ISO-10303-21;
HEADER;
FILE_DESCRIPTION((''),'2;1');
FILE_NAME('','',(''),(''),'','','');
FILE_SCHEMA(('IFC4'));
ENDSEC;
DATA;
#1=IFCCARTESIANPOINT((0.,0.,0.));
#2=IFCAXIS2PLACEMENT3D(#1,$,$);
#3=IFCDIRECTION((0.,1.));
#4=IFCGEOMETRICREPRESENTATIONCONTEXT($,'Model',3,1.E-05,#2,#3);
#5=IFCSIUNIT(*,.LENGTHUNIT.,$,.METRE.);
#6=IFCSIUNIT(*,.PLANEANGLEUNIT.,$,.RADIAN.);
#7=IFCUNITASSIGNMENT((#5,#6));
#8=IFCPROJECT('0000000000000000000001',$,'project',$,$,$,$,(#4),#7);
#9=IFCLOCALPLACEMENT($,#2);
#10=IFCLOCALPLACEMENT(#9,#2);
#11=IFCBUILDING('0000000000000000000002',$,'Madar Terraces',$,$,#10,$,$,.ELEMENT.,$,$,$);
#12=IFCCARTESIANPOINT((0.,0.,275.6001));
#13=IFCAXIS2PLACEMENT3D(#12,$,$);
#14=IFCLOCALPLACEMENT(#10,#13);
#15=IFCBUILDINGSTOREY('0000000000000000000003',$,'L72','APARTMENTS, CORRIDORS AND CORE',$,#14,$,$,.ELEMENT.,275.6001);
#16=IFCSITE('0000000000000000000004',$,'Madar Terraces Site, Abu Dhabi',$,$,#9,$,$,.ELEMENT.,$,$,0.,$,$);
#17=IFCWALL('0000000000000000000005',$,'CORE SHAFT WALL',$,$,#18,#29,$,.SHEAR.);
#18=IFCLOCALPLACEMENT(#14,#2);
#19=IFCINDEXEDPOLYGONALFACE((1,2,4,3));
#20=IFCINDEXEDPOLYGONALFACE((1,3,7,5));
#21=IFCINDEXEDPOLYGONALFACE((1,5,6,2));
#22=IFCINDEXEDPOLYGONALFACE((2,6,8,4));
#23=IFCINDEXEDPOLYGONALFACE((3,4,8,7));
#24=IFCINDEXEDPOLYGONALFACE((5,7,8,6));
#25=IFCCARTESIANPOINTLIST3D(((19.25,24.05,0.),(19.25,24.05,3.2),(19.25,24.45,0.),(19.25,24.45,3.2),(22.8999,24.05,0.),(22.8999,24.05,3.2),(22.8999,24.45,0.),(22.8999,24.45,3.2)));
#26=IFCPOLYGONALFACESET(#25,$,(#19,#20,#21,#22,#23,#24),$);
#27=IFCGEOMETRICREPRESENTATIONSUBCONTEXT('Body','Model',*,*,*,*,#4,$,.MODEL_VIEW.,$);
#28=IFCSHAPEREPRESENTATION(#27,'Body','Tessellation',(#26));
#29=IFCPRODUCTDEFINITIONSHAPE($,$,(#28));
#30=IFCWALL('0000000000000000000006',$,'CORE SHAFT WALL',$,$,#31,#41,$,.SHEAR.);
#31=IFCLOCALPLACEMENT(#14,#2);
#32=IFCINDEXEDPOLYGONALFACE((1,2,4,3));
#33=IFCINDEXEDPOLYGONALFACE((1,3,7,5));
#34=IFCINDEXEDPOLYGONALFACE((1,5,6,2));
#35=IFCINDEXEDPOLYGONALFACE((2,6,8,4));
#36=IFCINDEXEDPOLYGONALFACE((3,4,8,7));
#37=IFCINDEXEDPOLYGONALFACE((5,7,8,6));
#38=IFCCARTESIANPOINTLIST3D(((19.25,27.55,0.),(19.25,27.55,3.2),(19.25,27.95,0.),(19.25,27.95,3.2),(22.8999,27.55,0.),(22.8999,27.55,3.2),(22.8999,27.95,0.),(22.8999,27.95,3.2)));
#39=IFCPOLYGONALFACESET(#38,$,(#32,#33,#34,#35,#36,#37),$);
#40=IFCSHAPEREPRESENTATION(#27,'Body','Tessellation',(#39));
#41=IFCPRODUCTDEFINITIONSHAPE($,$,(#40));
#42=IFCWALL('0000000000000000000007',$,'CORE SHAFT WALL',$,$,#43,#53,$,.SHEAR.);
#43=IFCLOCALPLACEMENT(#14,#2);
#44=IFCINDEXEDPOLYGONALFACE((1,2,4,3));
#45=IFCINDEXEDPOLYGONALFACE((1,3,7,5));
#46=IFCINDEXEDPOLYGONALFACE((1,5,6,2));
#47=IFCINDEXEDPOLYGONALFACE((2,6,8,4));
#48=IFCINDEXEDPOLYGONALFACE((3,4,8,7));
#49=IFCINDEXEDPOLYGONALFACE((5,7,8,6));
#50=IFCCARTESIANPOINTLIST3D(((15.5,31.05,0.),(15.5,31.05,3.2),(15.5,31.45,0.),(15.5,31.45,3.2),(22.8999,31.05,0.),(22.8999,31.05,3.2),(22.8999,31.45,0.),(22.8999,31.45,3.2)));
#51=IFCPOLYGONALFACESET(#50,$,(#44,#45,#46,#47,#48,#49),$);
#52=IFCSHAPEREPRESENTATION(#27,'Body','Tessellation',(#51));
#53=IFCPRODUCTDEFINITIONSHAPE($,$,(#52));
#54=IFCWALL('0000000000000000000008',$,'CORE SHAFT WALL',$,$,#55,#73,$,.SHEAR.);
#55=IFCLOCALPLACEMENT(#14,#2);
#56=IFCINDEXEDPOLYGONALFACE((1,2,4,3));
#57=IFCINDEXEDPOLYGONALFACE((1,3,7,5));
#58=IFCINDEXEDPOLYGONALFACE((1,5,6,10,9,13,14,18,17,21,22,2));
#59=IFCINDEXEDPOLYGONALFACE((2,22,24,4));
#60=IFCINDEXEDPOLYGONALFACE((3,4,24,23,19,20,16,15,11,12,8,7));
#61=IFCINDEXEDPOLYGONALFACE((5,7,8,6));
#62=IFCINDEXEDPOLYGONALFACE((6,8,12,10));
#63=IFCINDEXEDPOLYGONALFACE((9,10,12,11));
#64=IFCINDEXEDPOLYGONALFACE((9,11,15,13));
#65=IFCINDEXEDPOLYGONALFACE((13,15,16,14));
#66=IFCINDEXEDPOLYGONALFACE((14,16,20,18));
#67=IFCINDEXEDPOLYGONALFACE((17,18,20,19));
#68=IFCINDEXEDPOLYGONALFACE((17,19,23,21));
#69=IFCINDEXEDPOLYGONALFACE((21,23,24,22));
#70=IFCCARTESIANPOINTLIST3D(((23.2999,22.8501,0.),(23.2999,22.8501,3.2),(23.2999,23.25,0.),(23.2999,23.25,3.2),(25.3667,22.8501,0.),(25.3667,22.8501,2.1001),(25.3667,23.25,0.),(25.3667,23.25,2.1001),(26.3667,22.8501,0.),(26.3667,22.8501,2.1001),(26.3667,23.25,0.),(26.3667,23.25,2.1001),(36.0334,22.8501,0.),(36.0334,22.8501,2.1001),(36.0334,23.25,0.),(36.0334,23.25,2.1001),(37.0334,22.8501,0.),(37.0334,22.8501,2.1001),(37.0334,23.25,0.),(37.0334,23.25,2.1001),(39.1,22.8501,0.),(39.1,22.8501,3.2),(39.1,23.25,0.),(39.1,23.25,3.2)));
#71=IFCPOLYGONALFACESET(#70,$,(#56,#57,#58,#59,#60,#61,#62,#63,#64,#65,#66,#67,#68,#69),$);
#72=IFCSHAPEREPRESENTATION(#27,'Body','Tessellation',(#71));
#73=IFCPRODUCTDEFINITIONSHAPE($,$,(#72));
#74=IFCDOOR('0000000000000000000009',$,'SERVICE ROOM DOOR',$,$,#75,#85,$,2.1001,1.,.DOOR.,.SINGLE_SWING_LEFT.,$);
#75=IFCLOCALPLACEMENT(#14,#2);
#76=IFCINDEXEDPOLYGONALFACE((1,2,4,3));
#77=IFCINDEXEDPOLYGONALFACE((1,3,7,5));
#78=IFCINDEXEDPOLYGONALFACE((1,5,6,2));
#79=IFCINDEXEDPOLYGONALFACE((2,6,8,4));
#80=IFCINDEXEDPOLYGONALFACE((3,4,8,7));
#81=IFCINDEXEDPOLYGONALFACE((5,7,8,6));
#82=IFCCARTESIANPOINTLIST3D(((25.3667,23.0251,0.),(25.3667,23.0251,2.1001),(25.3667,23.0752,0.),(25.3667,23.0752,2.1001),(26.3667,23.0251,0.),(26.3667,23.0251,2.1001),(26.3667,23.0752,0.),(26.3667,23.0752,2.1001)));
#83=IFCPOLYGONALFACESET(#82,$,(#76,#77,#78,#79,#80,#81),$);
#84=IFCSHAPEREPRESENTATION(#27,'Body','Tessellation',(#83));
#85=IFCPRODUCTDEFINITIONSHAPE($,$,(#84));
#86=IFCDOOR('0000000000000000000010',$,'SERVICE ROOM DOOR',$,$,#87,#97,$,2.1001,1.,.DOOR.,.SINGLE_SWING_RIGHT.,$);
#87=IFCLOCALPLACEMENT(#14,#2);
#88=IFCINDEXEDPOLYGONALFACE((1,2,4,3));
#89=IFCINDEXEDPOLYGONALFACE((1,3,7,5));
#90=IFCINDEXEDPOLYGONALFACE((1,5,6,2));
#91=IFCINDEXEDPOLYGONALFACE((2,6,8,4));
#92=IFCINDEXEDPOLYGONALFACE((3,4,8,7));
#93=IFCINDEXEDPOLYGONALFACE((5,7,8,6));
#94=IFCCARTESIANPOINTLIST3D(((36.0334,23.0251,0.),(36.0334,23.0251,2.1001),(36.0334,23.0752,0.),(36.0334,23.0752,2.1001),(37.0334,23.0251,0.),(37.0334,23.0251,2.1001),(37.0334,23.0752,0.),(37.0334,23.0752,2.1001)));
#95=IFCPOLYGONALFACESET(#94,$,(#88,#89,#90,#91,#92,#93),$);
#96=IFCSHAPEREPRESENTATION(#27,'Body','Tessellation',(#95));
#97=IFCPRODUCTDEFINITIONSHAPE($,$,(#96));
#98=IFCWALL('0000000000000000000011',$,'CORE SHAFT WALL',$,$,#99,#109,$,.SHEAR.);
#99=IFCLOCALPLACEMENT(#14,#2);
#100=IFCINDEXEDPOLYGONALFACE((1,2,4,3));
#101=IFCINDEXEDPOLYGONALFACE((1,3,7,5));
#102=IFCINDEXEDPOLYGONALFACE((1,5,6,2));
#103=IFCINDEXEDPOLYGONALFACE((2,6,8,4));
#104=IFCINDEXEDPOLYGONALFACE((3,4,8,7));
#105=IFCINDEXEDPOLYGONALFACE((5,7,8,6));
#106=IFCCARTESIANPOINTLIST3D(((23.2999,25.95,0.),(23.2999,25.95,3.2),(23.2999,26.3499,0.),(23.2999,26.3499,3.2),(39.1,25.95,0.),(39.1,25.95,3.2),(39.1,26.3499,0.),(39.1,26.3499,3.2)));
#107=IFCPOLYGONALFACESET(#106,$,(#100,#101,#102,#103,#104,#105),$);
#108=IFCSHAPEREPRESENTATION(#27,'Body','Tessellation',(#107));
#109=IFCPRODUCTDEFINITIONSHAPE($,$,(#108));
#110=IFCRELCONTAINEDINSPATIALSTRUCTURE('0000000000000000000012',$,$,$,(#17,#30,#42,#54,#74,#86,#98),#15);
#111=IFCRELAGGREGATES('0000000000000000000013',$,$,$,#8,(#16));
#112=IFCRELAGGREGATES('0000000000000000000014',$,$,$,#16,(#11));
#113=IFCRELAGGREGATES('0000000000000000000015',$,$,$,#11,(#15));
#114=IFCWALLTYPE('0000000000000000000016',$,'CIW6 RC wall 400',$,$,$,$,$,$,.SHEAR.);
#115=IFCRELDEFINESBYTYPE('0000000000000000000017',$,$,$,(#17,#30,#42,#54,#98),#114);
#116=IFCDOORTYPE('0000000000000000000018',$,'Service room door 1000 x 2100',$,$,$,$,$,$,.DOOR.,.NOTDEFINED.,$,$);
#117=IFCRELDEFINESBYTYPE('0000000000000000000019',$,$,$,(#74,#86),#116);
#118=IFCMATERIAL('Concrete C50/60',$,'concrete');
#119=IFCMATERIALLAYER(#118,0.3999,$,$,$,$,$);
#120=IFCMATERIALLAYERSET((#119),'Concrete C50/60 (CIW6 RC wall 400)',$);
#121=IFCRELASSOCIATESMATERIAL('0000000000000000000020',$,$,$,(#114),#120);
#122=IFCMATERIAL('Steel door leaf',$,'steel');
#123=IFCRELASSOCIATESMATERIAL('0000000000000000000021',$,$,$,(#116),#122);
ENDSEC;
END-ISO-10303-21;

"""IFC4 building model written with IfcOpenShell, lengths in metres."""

from ifc_helpers import new_model, si_unit, direction, frame, frame_2d, origin, place, context, subcontext, project, spatial, rectangle, extrude, material, layer, layer_set, type_object, element, fill, save


model = new_model("IFC4")

# Units and contexts
model_context = context("Model", 3, precision=1e-05, world=origin(), true_north=direction((0.0, 1.0)))
body_context = subcontext(model_context, "Body", "Model", "MODEL_VIEW")
ifc_project = project(units=[si_unit("LENGTHUNIT", "METRE"), si_unit("PLANEANGLEUNIT", "RADIAN")], contexts=[model_context])

# Site, building, storey
site_placement = place(None, origin())
site = spatial("IfcSite", under=ifc_project, at=site_placement, Name="Madar Terraces Site, Abu Dhabi", CompositionType="ELEMENT", RefElevation=0.0)
building_placement = place(site_placement, origin())
building = spatial("IfcBuilding", under=site, at=building_placement, Name="Madar Terraces", CompositionType="ELEMENT")
storey_placement = place(building_placement, frame((0.0, 0.0, 275.6001)))
storey = spatial("IfcBuildingStorey", under=building, at=storey_placement, Name="L72", Description="APARTMENTS, CORRIDORS AND CORE", CompositionType="ELEMENT", Elevation=275.6001)

# Walls
ifc_material_1 = material(Name="Concrete C50/60", Category="concrete")
ifc_layer_1 = layer(ifc_material_1, 0.3999)
ifc_layer_set_1 = layer_set([ifc_layer_1], Name="Concrete C50/60 (CIW6 RC wall 400)")
wall_type_1 = type_object("IfcWallType", Name="CIW6 RC wall 400", PredefinedType="SHEAR", material=ifc_layer_set_1)
for number, where, z_axis, x_axis, name in (
    (1, (19.25, 24.25, 0.0), (0.0, 0.0, 1.0), (1.0, 0.0, 0.0), "CORE SHAFT WALL"),
    (2, (19.25, 27.75, 0.0), (0.0, 0.0, 1.0), (1.0, 0.0, 0.0), "CORE SHAFT WALL"),
):
    element("IfcWall", number, at=place(storey_placement, frame(where, z_axis=z_axis, x_axis=x_axis)), inside=storey, type_object=wall_type_1, Name=name, PredefinedType="SHEAR", context=body_context, shape_type="SweptSolid", body=[
        extrude(rectangle(XDim=3.6499, YDim=0.3999, at=frame_2d((1.825, 0.0))), origin(), (0.0, 0.0, 1.0), 3.2),
    ])
wall_1_placement = place(storey_placement, frame((15.5, 31.25, 0.0), z_axis=(0.0, 0.0, 1.0), x_axis=(1.0, 0.0, 0.0)))
element("IfcWall", 3, at=wall_1_placement, inside=storey, type_object=wall_type_1, Name="CORE SHAFT WALL", PredefinedType="SHEAR", context=body_context, shape_type="SweptSolid", body=[
    extrude(rectangle(XDim=7.3999, YDim=0.3999, at=frame_2d((3.7, 0.0))), origin(), (0.0, 0.0, 1.0), 3.2),
])

# Wall, openings, doors
wall_2_placement = place(storey_placement, frame((23.3, 23.05, 0.0), z_axis=(0.0, 0.0, 1.0), x_axis=(1.0, 0.0, 0.0)))
wall_2 = element("IfcWall", 4, at=wall_2_placement, inside=storey, type_object=wall_type_1, Name="CORE SHAFT WALL", PredefinedType="SHEAR", context=body_context, shape_type="SweptSolid", body=[
    extrude(rectangle(XDim=15.8, YDim=0.3999, at=frame_2d((7.8999, 0.0))), origin(), (0.0, 0.0, 1.0), 3.2),
])
opening_1_placement = place(wall_2_placement, frame((2.0667, 0.0, 0.0)))
opening_1 = element("IfcOpeningElement", 5, at=opening_1_placement, cuts=wall_2, PredefinedType="OPENING", context=body_context, shape_type="SweptSolid", body=[
    extrude(rectangle(XDim=1.0, YDim=2.1001, at=frame_2d((0.5, 1.05))), frame((0.0, 0.21, 0.0), z_axis=(0.0, -1.0, 0.0), x_axis=(1.0, 0.0, 0.0)), (0.0, 0.0, 1.0), 0.4199),
])
opening_2_placement = place(wall_2_placement, frame((12.7334, 0.0, 0.0)))
opening_2 = element("IfcOpeningElement", 6, at=opening_2_placement, cuts=wall_2, PredefinedType="OPENING", context=body_context, shape_type="SweptSolid", body=[
    extrude(rectangle(XDim=1.0, YDim=2.1001, at=frame_2d((0.5, 1.05))), frame((0.0, 0.21, 0.0), z_axis=(0.0, -1.0, 0.0), x_axis=(1.0, 0.0, 0.0)), (0.0, 0.0, 1.0), 0.4199),
])
ifc_material_2 = material(Name="Steel door leaf", Category="steel")
door_type_1 = type_object("IfcDoorType", Name="Service room door 1000 x 2100", OperationType="NOTDEFINED", PredefinedType="DOOR", material=ifc_material_2)
door_1_placement = place(opening_1_placement, frame((1.0, 0.0, 0.0), z_axis=(0.0, 0.0, 1.0), x_axis=(-1.0, 0.0, 0.0)))
door_1 = element("IfcDoor", 7, at=door_1_placement, inside=storey, type_object=door_type_1, Name="SERVICE ROOM DOOR", OperationType="SINGLE_SWING_LEFT", OverallHeight=2.1001, OverallWidth=1.0, PredefinedType="DOOR", context=body_context, shape_type="SweptSolid", body=[
    extrude(rectangle(XDim=1.0, YDim=2.1001, at=frame_2d((0.5, 1.05))), frame((0.0, 0.0249, 0.0), z_axis=(0.0, -1.0, 0.0), x_axis=(1.0, 0.0, 0.0)), (0.0, 0.0, 1.0), 0.05),
])
fill(opening_1, door_1)
door_2_placement = place(opening_2_placement, frame((1.0, 0.0, 0.0), z_axis=(0.0, 0.0, 1.0), x_axis=(-1.0, 0.0, 0.0)))
door_2 = element("IfcDoor", 8, at=door_2_placement, inside=storey, type_object=door_type_1, Name="SERVICE ROOM DOOR", OperationType="SINGLE_SWING_RIGHT", OverallHeight=2.1001, OverallWidth=1.0, PredefinedType="DOOR", context=body_context, shape_type="SweptSolid", body=[
    extrude(rectangle(XDim=1.0, YDim=2.1001, at=frame_2d((0.5, 1.05))), frame((0.0, 0.0249, 0.0), z_axis=(0.0, -1.0, 0.0), x_axis=(1.0, 0.0, 0.0)), (0.0, 0.0, 1.0), 0.05),
])
fill(opening_2, door_2)

# Wall
wall_3_placement = place(storey_placement, frame((23.3, 26.1499, 0.0), z_axis=(0.0, 0.0, 1.0), x_axis=(1.0, 0.0, 0.0)))
element("IfcWall", 9, at=wall_3_placement, inside=storey, type_object=wall_type_1, Name="CORE SHAFT WALL", PredefinedType="SHEAR", context=body_context, shape_type="SweptSolid", body=[
    extrude(rectangle(XDim=15.8, YDim=0.3999, at=frame_2d((7.8999, 0.0))), origin(), (0.0, 0.0, 1.0), 3.2),
])

save(model, "model.ifc")
